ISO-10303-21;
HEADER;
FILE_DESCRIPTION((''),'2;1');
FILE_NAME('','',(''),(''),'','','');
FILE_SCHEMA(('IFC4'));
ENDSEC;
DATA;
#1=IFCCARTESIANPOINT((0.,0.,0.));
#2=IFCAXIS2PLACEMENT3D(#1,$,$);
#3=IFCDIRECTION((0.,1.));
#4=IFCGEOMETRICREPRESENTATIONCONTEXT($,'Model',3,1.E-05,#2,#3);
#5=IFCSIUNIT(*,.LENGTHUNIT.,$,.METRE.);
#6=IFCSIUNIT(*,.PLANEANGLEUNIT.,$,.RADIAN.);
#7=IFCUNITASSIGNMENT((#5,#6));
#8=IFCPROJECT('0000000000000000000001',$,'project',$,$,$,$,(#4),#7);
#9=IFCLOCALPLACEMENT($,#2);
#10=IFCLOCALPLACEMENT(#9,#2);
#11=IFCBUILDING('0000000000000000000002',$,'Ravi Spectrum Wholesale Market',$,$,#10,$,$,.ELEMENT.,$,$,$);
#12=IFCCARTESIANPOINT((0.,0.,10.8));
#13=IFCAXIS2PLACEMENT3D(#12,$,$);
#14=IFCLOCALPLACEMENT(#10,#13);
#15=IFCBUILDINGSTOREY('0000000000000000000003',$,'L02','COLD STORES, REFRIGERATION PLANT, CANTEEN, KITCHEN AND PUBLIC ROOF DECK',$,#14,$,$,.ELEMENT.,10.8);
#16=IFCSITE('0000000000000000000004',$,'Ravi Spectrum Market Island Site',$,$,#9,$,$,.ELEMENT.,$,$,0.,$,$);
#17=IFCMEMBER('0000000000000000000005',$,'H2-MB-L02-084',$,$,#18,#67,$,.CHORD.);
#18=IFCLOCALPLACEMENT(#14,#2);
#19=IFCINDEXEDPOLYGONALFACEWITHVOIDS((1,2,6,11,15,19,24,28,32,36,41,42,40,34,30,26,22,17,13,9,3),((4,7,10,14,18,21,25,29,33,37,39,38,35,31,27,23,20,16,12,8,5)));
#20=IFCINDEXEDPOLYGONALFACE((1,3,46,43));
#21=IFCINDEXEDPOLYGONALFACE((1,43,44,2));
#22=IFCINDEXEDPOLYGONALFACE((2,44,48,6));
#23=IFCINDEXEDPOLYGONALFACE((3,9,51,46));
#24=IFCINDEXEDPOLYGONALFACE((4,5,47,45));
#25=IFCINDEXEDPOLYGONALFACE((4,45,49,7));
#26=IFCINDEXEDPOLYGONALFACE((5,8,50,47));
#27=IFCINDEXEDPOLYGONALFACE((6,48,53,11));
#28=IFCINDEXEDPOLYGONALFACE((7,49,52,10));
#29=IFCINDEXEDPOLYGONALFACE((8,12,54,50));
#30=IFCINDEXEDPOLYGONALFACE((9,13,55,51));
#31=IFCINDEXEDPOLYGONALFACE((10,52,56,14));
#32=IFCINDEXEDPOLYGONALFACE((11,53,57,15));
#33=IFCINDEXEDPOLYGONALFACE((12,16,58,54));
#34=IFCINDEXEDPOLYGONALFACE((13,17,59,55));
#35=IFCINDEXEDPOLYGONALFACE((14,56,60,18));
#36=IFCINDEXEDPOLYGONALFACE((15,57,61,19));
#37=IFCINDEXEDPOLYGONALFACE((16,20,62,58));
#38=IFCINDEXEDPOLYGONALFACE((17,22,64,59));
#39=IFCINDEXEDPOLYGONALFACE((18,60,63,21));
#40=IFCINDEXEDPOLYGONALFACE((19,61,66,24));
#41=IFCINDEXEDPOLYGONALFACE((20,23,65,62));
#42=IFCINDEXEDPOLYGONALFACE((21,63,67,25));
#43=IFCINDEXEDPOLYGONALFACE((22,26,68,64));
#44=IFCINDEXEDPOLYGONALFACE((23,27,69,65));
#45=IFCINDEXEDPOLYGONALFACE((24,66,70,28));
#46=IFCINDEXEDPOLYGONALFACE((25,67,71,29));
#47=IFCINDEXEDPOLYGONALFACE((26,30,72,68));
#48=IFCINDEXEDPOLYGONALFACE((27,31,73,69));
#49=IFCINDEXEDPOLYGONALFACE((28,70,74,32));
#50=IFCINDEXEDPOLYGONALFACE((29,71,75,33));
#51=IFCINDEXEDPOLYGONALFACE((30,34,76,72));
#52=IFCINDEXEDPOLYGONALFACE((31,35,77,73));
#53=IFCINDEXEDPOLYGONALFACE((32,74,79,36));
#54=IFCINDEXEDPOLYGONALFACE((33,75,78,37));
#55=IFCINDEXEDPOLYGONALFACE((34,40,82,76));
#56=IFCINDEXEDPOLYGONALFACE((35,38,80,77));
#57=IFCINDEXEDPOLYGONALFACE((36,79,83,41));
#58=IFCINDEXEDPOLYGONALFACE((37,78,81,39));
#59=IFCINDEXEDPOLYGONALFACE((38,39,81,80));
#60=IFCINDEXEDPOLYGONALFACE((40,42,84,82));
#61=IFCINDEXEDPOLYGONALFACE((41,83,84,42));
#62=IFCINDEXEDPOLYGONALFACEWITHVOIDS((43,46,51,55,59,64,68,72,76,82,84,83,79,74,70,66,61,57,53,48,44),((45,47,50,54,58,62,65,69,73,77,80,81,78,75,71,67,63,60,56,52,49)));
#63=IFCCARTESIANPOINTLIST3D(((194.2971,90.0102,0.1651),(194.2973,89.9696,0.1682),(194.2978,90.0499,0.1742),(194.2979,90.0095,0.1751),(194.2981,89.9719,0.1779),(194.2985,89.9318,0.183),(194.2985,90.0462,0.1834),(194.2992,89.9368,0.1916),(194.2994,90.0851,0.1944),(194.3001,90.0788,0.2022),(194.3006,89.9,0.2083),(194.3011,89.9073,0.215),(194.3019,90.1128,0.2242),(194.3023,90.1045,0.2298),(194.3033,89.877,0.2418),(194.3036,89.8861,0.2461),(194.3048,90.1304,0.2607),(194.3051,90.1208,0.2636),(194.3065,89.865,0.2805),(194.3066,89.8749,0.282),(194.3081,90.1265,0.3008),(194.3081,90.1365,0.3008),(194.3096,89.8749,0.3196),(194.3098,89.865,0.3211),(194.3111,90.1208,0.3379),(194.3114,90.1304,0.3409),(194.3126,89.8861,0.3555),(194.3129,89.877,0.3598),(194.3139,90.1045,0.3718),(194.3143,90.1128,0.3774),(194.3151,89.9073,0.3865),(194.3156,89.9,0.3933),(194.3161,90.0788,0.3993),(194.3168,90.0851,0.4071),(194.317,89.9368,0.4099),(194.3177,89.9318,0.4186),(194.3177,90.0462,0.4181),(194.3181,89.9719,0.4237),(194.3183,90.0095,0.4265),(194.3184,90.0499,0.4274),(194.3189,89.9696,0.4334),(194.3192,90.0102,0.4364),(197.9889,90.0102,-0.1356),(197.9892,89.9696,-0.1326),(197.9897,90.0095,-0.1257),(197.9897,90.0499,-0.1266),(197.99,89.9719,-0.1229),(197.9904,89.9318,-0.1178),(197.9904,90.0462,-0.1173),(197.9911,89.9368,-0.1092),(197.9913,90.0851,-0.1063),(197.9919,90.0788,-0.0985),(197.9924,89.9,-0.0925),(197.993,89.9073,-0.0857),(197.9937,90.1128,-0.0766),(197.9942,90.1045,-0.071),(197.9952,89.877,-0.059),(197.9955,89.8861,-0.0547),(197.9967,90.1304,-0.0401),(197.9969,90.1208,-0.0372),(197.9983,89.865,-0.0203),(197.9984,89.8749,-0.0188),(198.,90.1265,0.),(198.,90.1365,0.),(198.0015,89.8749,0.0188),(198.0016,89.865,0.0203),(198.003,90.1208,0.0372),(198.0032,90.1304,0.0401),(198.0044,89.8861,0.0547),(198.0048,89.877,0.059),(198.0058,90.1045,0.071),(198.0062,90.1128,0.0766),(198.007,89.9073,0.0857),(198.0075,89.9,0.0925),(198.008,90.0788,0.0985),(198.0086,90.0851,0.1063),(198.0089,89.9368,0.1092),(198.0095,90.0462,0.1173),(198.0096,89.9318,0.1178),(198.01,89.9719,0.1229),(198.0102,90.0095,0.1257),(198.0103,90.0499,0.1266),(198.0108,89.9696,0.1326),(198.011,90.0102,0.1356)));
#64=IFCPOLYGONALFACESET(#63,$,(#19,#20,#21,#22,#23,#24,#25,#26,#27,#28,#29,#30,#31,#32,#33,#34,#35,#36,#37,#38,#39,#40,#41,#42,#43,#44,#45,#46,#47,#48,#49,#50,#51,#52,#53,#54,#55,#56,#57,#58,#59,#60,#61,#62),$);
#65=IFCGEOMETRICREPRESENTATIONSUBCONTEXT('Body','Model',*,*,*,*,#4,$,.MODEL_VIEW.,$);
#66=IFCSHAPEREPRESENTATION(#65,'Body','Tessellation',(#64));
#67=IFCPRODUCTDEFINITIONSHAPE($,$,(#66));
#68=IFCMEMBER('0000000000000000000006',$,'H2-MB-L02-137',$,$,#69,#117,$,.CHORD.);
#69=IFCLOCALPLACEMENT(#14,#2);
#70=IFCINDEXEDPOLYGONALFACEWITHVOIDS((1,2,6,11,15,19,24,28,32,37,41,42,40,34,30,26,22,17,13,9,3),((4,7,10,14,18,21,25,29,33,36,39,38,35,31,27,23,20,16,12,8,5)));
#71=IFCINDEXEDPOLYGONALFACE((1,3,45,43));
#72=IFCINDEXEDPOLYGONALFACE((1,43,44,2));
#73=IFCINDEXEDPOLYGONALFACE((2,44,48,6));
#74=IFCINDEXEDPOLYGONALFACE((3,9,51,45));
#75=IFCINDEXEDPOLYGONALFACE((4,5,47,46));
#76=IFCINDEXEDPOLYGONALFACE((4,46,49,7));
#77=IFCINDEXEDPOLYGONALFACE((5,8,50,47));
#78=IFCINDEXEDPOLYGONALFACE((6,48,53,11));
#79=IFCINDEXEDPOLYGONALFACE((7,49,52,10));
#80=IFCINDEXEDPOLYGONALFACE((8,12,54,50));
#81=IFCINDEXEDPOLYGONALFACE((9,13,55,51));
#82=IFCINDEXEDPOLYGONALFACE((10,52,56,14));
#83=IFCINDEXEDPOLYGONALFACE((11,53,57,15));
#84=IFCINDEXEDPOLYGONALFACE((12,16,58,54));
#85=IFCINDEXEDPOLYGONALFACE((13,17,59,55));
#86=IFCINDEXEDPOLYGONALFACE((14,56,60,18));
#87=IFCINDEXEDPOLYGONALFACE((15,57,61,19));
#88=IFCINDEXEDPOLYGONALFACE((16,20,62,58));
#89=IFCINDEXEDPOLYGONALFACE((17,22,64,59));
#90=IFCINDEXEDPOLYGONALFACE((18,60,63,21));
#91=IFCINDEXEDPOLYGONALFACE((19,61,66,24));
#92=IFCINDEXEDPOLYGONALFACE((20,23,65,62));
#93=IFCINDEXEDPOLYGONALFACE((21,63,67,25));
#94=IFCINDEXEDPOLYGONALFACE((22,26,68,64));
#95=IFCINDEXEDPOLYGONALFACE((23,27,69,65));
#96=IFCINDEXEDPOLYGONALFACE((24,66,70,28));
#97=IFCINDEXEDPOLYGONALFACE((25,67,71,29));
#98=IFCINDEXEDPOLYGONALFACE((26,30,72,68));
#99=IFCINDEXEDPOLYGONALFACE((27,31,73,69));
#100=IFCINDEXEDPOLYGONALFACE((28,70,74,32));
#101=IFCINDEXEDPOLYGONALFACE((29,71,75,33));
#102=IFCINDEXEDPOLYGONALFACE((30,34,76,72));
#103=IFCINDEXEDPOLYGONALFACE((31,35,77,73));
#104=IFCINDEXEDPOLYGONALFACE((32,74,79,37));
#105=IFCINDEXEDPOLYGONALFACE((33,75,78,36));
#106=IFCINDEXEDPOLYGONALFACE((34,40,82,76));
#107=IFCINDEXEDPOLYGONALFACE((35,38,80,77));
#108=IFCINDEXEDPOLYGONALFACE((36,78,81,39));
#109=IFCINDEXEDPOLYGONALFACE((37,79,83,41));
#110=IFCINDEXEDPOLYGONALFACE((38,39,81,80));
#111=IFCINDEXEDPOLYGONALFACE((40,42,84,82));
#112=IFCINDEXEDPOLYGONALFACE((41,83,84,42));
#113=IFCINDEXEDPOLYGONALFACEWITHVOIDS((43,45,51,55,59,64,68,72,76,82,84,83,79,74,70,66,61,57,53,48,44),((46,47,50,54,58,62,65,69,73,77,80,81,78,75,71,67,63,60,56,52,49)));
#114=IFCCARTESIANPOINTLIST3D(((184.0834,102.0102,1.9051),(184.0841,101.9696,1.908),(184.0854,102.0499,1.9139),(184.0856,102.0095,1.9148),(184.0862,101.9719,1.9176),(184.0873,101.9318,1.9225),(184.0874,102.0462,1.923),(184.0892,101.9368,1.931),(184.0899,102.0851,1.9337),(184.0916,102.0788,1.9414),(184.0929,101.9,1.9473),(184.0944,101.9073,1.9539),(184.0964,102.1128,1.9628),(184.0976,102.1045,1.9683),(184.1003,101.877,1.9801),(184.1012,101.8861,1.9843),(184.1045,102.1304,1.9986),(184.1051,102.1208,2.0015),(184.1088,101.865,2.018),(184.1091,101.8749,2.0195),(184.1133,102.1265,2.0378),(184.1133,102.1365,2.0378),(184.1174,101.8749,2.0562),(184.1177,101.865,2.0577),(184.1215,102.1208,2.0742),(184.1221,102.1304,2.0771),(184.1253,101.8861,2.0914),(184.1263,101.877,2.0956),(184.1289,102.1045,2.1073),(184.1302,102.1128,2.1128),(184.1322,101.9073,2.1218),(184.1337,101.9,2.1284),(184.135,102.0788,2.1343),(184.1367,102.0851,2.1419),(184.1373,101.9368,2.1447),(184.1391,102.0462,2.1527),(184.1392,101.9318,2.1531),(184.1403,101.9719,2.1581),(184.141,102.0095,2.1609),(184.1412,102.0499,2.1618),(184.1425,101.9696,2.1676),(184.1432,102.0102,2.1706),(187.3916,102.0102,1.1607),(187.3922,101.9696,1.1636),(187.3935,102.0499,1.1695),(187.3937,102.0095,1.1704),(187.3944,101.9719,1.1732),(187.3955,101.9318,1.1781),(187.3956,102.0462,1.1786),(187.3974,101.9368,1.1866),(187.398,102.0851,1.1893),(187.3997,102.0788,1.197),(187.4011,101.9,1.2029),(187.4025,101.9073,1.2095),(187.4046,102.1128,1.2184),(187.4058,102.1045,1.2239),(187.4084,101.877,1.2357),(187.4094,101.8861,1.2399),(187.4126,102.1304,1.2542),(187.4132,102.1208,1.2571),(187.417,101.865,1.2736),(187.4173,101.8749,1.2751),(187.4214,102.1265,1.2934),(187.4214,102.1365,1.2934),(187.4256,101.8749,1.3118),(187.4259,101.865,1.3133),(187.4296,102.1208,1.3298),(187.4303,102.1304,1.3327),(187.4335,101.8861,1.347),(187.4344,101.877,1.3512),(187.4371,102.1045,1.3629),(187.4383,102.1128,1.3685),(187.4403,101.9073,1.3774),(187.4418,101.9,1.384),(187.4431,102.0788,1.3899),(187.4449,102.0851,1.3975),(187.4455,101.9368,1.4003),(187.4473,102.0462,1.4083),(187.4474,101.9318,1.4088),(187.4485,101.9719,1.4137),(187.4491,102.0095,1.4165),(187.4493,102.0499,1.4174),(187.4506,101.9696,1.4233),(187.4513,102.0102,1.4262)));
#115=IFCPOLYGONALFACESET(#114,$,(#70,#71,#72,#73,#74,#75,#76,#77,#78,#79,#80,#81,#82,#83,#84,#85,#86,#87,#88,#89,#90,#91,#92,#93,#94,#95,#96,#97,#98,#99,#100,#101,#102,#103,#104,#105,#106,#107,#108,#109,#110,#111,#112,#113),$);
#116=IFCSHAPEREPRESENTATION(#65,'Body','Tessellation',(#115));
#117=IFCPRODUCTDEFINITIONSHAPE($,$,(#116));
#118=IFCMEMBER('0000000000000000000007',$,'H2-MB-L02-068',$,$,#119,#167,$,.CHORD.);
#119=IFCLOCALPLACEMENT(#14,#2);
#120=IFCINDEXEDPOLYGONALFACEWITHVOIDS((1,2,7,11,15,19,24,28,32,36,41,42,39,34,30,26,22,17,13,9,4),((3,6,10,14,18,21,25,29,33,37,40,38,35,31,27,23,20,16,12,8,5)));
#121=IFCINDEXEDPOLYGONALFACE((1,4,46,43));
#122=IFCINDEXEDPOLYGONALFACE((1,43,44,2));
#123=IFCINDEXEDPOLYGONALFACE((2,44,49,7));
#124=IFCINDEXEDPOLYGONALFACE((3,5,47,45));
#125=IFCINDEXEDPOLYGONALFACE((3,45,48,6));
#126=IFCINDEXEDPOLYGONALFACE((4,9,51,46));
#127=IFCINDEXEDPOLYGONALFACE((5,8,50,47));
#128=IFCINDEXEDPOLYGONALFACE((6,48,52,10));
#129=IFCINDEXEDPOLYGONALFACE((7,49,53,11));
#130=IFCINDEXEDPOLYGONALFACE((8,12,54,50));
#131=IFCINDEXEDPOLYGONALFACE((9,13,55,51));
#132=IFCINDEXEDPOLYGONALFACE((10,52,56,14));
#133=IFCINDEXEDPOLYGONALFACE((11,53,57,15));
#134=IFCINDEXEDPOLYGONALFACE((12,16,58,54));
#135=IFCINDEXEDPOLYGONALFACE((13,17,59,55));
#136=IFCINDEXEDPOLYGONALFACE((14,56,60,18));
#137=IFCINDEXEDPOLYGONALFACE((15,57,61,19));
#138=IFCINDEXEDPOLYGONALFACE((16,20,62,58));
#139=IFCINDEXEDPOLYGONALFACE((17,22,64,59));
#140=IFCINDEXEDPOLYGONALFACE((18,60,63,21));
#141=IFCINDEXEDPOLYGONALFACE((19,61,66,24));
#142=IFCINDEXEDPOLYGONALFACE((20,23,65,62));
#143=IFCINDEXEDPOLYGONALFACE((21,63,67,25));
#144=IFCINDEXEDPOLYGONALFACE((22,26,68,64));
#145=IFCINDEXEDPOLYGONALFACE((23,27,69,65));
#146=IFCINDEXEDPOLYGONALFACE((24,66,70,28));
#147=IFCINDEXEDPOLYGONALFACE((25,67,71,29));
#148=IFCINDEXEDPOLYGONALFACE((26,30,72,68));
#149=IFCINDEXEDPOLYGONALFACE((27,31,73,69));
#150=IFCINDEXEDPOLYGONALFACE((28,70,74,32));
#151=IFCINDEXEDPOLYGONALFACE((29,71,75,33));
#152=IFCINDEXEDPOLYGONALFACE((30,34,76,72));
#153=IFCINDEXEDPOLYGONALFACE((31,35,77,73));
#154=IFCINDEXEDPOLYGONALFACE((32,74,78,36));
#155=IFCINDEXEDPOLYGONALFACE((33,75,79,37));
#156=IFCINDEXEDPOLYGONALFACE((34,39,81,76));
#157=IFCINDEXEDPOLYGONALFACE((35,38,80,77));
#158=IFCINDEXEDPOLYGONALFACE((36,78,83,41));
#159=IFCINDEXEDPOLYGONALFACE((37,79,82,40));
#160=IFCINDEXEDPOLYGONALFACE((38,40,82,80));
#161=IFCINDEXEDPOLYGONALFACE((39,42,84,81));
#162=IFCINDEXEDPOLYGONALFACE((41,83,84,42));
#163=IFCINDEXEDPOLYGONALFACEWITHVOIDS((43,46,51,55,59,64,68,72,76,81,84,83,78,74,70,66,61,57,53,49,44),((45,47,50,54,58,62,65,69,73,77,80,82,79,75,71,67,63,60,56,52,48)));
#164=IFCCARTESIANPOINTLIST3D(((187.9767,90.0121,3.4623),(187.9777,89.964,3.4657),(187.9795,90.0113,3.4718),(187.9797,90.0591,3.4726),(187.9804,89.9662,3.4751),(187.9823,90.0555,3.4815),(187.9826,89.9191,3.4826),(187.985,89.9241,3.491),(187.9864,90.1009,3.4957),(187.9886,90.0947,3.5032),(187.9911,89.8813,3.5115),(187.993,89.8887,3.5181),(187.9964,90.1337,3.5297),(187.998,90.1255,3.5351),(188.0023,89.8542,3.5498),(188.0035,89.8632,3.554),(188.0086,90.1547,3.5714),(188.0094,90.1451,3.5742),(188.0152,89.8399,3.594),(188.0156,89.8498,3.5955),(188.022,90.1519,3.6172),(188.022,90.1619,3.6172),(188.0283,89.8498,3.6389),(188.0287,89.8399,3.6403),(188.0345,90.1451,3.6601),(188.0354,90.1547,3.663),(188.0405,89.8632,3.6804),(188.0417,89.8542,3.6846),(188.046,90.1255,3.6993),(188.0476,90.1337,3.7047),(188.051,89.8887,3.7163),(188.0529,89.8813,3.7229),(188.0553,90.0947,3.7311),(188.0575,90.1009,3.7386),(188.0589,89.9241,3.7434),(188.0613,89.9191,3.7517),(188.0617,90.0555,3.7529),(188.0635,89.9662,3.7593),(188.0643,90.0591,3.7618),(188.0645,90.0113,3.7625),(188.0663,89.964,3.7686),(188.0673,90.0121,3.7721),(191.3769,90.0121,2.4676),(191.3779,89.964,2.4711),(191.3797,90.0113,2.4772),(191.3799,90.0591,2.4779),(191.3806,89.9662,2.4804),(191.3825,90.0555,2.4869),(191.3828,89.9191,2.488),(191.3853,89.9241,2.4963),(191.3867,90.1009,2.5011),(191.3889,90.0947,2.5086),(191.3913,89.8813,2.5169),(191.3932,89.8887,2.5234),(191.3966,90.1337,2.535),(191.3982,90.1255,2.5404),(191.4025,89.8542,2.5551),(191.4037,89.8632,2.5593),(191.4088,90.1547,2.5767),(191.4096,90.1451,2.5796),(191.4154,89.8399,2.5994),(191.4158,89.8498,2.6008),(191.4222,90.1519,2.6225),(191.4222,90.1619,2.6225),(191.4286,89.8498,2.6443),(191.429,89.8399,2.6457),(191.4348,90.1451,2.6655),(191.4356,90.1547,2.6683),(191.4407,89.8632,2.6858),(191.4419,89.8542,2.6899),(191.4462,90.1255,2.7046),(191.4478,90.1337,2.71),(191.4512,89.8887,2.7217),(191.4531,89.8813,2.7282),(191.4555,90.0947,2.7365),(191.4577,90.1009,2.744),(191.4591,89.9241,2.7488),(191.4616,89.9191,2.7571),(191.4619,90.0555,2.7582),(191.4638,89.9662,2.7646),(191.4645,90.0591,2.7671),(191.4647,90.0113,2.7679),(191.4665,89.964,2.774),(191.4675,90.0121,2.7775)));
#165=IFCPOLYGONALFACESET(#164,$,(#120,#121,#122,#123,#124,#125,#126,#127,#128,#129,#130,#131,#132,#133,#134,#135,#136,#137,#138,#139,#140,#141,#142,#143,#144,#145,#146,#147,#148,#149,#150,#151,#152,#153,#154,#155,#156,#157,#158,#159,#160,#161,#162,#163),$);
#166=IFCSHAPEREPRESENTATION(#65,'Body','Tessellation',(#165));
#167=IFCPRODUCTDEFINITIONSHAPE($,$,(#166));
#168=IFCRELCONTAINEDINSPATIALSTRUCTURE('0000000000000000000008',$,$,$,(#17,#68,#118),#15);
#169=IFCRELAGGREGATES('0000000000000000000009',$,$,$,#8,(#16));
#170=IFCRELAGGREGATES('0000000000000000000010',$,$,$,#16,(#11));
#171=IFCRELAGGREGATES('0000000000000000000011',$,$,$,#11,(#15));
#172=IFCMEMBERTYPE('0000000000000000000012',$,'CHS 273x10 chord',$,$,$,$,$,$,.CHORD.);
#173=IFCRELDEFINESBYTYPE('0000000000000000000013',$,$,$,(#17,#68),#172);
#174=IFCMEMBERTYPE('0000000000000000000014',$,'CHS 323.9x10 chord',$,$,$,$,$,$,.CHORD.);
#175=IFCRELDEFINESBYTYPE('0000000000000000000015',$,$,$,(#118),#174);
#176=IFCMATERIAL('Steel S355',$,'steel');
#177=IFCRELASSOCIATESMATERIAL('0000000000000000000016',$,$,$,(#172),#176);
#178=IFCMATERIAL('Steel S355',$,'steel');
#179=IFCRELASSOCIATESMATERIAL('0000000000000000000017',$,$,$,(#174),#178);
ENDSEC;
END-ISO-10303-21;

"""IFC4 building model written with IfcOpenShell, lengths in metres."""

from ifc_helpers import new_model, si_unit, direction, frame, origin, origin_2d, place, context, subcontext, project, spatial, hollow_circle, extrude, material, material_profile, profile_set, type_object, element, save


model = new_model("IFC4")

# Units and contexts
model_context = context("Model", 3, precision=1e-05, world=origin(), true_north=direction((0.0, 1.0)))
body_context = subcontext(model_context, "Body", "Model", "MODEL_VIEW")
ifc_project = project(units=[si_unit("LENGTHUNIT", "METRE"), si_unit("PLANEANGLEUNIT", "RADIAN")], contexts=[model_context])

# Site, building, storey
site_placement = place(None, origin())
site = spatial("IfcSite", under=ifc_project, at=site_placement, Name="Ravi Spectrum Market Island Site", CompositionType="ELEMENT", RefElevation=0.0)
building_placement = place(site_placement, origin())
building = spatial("IfcBuilding", under=site, at=building_placement, Name="Ravi Spectrum Wholesale Market", CompositionType="ELEMENT")
storey_placement = place(building_placement, frame((0.0, 0.0, 10.8)))
storey = spatial("IfcBuildingStorey", under=building, at=storey_placement, Name="L02", Description="COLD STORES, REFRIGERATION PLANT, CANTEEN, KITCHEN AND PUBLIC ROOF DECK", CompositionType="ELEMENT", Elevation=10.8)

# Members
ifc_material_1 = material(Name="Steel S355", Category="steel")
ifc_material_profile_1 = material_profile(ifc_material_1, hollow_circle(Radius=0.1365, WallThickness=0.01, at=origin_2d()))
ifc_profile_set_1 = profile_set([ifc_material_profile_1], Name="Steel S355")
member_type_1 = type_object("IfcMemberType", Name="CHS 273x10 chord", PredefinedType="CHORD", material=ifc_profile_set_1)
member_1_placement = place(storey_placement, frame((194.3081, 90.0, 0.3008), z_axis=(0.996698, 0.0, -0.081202), x_axis=(0.0, 1.0, 0.0)))
element("IfcMember", 1, at=member_1_placement, inside=storey, type_object=member_type_1, Name="H2-MB-L02-084", PredefinedType="CHORD", context=body_context, shape_type="SweptSolid", body=[
    extrude(hollow_circle(Radius=0.1365, WallThickness=0.01, at=origin_2d()), origin(), (0.0, 0.0, 1.0), 3.7041),
])
member_2_placement = place(storey_placement, frame((184.1133, 102.0, 2.0378), z_axis=(0.975606, 0.0, -0.219529), x_axis=(0.0, 1.0, 0.0)))
element("IfcMember", 2, at=member_2_placement, inside=storey, type_object=member_type_1, Name="H2-MB-L02-137", PredefinedType="CHORD", context=body_context, shape_type="SweptSolid", body=[
    extrude(hollow_circle(Radius=0.1365, WallThickness=0.01, at=origin_2d()), origin(), (0.0, 0.0, 1.0), 3.3909),
])
ifc_material_2 = material(Name="Steel S355", Category="steel")
ifc_material_profile_2 = material_profile(ifc_material_2, hollow_circle(Radius=0.1619, WallThickness=0.01, at=origin_2d()))
ifc_profile_set_2 = profile_set([ifc_material_profile_2], Name="Steel S355")
member_type_2 = type_object("IfcMemberType", Name="CHS 323.9x10 chord", PredefinedType="CHORD", material=ifc_profile_set_2)
member_3_placement = place(storey_placement, frame((188.022, 90.0, 3.6172), z_axis=(0.959778, 0.0, -0.280759), x_axis=(0.0, 1.0, 0.0)))
element("IfcMember", 3, at=member_3_placement, inside=storey, type_object=member_type_2, Name="H2-MB-L02-068", PredefinedType="CHORD", context=body_context, shape_type="SweptSolid", body=[
    extrude(hollow_circle(Radius=0.1619, WallThickness=0.01, at=origin_2d()), origin(), (0.0, 0.0, 1.0), 3.5427),
])

save(model, "model.ifc")
